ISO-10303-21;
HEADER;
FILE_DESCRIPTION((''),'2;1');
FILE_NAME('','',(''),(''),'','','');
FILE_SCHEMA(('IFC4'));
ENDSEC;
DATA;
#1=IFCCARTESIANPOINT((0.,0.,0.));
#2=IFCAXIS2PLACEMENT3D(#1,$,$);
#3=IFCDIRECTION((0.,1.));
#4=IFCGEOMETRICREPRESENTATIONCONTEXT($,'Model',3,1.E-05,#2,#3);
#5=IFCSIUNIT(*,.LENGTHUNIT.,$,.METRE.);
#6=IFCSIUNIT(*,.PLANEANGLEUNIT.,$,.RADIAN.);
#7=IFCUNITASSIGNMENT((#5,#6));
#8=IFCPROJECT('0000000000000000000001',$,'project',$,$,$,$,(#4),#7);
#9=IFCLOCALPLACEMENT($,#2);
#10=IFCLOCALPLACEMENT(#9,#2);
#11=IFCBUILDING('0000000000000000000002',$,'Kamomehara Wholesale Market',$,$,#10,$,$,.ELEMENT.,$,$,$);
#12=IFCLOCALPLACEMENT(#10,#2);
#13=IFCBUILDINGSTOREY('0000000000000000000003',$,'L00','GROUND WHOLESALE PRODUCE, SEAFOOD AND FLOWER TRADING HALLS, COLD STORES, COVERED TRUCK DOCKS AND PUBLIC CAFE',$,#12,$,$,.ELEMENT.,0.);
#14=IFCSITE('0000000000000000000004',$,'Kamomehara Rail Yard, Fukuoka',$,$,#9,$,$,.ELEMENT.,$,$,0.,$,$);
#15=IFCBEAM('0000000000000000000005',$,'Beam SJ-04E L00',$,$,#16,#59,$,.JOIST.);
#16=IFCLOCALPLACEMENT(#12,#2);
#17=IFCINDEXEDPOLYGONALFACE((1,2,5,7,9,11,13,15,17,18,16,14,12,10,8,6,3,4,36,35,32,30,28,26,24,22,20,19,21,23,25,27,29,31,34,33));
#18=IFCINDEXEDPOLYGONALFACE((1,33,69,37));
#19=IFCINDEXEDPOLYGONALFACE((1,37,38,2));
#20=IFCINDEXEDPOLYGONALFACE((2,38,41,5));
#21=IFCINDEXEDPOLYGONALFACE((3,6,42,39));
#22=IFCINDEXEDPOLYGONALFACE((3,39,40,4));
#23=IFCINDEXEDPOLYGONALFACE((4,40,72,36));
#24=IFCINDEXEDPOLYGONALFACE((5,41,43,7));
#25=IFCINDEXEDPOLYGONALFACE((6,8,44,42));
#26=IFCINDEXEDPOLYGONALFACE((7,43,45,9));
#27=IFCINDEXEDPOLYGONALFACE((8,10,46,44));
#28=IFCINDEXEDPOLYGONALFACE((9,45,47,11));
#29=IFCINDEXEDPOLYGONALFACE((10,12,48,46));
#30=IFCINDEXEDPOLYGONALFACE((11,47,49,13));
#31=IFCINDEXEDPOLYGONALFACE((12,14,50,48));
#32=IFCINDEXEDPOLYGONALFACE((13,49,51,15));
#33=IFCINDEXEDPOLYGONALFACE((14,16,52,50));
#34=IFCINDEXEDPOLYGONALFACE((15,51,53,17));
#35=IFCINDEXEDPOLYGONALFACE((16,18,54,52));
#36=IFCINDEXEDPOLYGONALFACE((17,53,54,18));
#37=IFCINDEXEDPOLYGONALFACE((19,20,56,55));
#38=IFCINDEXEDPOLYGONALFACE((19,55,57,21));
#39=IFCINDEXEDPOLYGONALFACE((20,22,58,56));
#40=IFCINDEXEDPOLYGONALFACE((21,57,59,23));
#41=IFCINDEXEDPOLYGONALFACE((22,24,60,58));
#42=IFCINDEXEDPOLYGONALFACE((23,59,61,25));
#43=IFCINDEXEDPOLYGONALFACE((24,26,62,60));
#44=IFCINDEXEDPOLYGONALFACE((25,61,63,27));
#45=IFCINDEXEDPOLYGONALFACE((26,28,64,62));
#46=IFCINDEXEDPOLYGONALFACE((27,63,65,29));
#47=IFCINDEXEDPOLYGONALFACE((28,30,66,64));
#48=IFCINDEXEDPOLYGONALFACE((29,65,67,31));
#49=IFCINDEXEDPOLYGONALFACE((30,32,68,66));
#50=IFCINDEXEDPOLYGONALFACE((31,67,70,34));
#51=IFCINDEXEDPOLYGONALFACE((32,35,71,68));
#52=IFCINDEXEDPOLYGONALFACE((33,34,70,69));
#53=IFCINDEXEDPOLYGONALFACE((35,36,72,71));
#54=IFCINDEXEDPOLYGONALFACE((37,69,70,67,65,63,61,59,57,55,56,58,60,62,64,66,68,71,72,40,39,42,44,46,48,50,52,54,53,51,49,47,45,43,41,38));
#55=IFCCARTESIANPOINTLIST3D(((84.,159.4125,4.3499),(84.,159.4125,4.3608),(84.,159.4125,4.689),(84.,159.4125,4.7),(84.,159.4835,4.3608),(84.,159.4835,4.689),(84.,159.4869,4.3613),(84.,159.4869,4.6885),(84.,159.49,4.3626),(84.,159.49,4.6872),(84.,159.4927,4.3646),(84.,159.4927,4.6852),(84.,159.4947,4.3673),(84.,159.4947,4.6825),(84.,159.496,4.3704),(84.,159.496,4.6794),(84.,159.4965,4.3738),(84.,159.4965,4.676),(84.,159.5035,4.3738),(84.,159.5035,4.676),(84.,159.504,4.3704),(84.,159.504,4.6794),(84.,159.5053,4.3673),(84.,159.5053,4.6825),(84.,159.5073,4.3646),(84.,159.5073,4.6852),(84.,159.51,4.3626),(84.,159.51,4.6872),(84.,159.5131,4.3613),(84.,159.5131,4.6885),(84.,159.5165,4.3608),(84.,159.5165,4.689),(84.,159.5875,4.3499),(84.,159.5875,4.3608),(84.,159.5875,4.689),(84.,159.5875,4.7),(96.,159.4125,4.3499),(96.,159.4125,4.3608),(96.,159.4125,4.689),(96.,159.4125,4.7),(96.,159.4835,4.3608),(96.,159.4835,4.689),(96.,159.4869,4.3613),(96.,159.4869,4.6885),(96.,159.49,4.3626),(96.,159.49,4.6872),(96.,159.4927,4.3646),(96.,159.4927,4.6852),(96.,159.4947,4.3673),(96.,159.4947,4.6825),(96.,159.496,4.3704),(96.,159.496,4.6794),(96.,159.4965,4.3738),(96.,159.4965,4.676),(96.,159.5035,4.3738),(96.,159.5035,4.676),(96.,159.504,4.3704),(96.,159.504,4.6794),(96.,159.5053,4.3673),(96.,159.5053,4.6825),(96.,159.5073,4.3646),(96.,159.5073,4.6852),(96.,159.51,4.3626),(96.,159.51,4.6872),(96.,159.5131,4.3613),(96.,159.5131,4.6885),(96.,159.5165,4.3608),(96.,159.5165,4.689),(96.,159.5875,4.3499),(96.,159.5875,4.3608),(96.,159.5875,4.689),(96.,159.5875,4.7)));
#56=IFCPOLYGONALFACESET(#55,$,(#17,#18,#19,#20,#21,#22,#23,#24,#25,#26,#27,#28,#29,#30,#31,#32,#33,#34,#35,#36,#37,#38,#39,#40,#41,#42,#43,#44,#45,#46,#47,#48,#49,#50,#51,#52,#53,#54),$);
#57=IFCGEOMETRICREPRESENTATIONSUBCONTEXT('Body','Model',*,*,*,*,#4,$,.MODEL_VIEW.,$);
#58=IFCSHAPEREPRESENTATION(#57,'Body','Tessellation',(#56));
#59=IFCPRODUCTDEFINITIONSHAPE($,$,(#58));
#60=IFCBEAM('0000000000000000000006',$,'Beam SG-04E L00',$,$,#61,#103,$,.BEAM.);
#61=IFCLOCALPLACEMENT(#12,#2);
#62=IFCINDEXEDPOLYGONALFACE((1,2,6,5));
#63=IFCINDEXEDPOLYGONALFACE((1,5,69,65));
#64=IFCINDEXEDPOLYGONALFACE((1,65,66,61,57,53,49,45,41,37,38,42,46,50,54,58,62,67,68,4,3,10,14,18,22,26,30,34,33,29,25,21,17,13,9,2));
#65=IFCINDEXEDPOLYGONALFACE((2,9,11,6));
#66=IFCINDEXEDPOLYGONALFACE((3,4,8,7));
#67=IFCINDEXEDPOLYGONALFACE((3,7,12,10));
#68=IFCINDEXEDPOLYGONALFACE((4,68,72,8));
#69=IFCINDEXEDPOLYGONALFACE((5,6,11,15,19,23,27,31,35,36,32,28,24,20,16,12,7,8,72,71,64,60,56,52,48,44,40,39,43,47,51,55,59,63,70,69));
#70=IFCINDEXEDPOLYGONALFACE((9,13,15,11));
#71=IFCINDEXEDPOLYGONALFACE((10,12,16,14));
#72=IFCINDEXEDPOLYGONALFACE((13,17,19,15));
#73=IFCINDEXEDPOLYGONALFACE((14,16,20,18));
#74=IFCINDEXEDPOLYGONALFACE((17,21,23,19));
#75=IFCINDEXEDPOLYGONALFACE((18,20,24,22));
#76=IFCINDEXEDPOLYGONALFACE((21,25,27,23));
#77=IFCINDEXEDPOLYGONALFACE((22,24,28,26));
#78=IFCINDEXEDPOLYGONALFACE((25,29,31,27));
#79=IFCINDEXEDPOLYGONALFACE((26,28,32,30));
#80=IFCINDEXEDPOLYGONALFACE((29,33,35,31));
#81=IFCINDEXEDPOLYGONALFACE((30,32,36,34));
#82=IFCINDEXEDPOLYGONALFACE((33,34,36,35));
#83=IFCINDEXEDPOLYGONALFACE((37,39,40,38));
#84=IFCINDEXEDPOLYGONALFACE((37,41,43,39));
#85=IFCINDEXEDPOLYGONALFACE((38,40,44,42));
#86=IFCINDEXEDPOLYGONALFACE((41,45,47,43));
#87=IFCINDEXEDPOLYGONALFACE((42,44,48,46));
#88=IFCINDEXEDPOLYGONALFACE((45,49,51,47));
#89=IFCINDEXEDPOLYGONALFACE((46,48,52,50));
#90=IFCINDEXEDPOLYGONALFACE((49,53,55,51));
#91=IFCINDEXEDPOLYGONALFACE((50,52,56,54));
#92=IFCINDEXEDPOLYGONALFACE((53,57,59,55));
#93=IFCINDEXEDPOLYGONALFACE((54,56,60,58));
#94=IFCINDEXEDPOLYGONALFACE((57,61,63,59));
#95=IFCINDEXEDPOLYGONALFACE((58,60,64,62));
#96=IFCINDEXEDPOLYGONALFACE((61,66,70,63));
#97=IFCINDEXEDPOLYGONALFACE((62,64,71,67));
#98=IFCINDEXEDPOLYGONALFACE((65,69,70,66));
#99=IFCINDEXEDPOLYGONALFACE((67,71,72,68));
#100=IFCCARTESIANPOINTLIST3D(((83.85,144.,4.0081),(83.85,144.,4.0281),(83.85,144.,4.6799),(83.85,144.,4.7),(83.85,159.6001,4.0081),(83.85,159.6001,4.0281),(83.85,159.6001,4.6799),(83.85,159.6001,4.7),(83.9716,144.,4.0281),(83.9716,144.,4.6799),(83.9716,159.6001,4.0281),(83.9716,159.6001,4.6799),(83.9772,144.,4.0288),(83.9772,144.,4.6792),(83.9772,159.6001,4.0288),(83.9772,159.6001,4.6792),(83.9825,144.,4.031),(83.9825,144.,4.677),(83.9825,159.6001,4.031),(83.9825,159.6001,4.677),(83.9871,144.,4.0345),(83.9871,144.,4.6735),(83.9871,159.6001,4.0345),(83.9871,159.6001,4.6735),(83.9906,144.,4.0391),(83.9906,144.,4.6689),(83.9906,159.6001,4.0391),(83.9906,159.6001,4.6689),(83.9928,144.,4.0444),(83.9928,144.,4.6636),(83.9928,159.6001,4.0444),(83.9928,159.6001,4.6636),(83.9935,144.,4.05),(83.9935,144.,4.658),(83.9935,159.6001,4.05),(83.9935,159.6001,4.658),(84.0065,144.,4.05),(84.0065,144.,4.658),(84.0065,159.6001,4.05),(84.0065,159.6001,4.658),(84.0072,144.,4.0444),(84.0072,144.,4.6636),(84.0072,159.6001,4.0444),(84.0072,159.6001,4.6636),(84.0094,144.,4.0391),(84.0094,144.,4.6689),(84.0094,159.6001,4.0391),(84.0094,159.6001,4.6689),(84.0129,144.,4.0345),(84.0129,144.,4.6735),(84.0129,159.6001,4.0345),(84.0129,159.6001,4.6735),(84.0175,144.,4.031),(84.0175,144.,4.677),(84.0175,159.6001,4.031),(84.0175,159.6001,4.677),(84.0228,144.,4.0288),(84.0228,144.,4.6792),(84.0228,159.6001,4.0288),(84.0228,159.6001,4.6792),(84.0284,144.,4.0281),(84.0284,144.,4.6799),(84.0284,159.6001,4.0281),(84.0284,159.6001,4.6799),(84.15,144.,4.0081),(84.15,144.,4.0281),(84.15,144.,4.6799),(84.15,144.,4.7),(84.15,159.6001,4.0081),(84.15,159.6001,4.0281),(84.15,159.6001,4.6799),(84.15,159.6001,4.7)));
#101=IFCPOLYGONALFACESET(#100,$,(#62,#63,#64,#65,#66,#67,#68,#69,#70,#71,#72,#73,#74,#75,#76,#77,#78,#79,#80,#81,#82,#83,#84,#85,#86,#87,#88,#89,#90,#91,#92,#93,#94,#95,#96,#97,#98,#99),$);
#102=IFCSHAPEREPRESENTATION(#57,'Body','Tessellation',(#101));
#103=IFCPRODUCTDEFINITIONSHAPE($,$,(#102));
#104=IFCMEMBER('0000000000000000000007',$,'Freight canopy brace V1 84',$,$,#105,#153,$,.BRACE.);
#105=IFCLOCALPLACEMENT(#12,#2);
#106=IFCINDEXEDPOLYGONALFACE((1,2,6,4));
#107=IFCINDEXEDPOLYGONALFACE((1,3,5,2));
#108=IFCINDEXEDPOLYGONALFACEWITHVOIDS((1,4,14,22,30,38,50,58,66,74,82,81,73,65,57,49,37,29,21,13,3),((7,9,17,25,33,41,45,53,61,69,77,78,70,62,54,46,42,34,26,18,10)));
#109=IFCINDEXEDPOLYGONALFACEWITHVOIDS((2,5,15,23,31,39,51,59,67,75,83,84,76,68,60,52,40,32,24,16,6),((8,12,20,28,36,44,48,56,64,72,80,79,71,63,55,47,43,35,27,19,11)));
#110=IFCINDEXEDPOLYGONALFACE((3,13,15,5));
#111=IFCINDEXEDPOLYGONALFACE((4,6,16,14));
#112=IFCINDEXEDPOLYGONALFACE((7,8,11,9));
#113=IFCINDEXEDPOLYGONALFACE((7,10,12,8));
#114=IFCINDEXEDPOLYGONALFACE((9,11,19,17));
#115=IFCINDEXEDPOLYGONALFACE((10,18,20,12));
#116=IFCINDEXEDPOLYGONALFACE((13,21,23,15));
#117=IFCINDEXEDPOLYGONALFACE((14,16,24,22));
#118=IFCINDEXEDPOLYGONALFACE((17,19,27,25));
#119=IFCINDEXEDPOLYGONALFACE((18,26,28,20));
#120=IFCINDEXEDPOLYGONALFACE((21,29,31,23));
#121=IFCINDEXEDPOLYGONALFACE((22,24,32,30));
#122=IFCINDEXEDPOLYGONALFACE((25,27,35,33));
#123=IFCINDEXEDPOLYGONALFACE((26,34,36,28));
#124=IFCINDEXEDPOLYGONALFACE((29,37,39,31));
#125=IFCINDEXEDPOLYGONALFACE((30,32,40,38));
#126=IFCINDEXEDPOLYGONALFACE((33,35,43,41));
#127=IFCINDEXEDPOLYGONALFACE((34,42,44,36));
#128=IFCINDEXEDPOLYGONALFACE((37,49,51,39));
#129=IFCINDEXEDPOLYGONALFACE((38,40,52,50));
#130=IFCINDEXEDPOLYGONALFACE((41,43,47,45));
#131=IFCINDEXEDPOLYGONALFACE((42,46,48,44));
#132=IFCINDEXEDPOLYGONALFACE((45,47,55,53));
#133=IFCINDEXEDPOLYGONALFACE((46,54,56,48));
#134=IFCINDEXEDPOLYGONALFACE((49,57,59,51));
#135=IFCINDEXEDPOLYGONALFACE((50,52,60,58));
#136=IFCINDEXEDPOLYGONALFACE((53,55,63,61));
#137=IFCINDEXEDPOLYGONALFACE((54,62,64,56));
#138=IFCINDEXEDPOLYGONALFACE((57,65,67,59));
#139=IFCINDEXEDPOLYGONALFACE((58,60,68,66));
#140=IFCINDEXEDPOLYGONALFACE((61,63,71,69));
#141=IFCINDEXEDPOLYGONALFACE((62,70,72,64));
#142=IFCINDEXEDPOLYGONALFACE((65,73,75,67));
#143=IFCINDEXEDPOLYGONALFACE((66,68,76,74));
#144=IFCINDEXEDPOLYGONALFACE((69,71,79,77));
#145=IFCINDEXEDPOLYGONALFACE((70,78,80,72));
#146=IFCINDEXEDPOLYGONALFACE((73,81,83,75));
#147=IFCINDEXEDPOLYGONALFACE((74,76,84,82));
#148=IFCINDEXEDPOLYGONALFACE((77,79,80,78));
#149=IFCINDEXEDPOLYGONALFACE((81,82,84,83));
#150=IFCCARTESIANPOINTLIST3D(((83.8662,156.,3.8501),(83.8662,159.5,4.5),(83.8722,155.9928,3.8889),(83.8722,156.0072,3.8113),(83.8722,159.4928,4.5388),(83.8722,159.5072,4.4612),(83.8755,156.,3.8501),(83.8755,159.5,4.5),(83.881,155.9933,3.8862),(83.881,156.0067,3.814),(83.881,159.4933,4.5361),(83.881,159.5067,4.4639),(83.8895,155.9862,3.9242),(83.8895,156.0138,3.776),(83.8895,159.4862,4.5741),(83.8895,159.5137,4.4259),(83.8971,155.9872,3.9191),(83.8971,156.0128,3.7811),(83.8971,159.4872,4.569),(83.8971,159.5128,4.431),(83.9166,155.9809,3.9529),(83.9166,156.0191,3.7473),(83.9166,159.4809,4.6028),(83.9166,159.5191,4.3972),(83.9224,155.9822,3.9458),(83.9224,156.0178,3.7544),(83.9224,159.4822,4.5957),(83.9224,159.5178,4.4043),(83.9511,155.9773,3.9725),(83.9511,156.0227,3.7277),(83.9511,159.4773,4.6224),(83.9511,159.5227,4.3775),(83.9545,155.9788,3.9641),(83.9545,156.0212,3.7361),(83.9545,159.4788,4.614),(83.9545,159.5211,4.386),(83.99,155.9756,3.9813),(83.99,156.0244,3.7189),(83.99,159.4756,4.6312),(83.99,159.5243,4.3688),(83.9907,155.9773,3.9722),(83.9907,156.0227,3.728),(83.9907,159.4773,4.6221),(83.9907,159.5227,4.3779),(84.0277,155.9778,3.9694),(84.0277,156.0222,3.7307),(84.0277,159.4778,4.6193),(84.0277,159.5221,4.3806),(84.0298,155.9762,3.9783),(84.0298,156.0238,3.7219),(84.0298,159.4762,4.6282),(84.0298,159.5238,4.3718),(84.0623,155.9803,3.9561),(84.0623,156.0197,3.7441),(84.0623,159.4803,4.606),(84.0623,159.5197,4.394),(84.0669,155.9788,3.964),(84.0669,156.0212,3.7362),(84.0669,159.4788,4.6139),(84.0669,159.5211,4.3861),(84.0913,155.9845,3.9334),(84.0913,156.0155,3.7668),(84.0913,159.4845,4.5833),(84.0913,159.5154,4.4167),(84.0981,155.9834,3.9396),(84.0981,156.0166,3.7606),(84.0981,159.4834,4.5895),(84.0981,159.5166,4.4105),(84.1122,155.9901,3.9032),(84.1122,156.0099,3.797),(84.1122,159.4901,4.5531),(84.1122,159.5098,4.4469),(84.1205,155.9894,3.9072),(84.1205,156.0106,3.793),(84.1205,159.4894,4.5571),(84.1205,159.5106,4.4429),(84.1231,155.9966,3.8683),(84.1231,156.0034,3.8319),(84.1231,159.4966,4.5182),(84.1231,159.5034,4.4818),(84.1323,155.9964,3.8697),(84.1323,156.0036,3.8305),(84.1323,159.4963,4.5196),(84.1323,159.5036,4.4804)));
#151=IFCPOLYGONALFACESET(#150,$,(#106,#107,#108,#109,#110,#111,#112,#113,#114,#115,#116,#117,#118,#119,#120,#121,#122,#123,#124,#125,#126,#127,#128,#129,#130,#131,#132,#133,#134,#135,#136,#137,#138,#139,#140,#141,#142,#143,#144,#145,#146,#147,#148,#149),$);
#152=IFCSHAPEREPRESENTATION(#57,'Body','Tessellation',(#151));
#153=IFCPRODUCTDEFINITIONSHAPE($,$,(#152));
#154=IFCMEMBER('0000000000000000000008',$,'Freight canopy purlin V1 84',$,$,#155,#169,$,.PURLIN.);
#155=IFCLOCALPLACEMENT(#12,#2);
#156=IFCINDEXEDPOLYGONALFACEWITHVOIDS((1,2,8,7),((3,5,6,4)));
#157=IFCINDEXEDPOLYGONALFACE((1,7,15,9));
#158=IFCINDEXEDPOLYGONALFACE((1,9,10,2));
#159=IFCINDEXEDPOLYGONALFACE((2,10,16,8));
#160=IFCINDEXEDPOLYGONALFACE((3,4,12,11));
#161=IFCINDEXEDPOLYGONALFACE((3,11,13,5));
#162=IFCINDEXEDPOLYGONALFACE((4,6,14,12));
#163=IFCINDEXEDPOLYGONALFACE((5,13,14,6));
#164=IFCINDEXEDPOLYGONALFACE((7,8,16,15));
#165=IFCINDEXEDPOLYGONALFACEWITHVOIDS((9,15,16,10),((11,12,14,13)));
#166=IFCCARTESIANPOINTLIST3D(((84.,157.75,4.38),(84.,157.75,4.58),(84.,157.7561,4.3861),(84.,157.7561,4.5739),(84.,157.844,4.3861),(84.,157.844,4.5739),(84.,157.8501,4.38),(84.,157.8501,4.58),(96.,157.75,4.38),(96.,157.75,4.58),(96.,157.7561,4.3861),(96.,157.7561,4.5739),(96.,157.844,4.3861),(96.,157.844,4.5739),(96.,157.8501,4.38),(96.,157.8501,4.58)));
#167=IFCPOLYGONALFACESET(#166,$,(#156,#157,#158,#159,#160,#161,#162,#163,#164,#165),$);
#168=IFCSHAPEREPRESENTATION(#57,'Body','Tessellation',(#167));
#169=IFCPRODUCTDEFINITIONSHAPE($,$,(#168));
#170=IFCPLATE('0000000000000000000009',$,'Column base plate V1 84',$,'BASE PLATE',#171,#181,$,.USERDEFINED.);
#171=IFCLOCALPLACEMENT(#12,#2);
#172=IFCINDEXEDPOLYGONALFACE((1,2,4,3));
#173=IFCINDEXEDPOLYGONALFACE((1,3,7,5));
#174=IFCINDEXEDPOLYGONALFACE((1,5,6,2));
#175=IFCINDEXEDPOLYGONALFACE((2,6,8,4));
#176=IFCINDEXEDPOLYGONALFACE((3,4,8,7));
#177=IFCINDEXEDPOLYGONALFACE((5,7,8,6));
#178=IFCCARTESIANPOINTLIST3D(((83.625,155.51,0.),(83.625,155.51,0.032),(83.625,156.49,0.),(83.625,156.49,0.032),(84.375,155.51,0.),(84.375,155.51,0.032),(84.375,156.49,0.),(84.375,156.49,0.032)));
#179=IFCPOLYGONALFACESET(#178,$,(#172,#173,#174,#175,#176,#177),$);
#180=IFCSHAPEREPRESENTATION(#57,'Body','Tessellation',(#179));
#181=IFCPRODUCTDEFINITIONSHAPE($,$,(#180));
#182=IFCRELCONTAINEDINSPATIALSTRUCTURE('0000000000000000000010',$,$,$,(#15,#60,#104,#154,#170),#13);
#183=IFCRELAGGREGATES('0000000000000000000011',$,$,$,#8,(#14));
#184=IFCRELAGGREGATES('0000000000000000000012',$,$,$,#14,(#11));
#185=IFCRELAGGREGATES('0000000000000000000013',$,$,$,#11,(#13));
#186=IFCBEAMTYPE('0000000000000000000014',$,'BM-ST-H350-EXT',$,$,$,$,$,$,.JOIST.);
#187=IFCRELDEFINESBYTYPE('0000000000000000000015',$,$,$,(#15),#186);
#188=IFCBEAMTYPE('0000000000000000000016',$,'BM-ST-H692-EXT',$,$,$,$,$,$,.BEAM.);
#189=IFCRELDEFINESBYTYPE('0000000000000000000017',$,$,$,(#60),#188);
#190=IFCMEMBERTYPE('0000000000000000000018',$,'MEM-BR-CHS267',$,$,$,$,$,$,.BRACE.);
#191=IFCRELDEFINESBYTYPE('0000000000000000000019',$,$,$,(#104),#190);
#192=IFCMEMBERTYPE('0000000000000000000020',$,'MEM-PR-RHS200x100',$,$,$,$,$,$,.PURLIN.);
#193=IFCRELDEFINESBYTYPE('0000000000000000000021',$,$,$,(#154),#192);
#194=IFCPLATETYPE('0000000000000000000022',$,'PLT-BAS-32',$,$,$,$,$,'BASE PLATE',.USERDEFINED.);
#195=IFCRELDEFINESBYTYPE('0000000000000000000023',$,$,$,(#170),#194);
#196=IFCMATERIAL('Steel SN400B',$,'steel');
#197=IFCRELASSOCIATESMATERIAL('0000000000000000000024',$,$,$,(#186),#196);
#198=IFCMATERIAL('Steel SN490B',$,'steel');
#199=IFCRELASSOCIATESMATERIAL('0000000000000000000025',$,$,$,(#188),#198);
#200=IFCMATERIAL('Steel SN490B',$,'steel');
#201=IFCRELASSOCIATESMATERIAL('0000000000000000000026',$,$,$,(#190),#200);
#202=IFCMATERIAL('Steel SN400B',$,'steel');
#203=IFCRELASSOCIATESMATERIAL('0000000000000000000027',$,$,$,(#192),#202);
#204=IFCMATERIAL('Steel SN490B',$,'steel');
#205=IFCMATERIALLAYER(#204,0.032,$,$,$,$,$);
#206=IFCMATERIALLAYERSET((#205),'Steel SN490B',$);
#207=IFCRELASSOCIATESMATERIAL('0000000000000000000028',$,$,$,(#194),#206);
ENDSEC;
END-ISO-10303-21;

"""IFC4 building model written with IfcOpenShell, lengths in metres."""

from ifc_helpers import new_model, si_unit, direction, frame, origin, origin_2d, place, context, subcontext, project, spatial, rectangle, hollow_rectangle, hollow_circle, i_section, extrude, material, layer, layer_set, material_profile, profile_set, type_object, element, save


model = new_model("IFC4")

# Units and contexts
model_context = context("Model", 3, precision=1e-05, world=origin(), true_north=direction((0.0, 1.0)))
body_context = subcontext(model_context, "Body", "Model", "MODEL_VIEW")
ifc_project = project(units=[si_unit("LENGTHUNIT", "METRE"), si_unit("PLANEANGLEUNIT", "RADIAN")], contexts=[model_context])

# Site, building, storey
site_placement = place(None, origin())
site = spatial("IfcSite", under=ifc_project, at=site_placement, Name="Kamomehara Rail Yard, Fukuoka", CompositionType="ELEMENT", RefElevation=0.0)
building_placement = place(site_placement, origin())
building = spatial("IfcBuilding", under=site, at=building_placement, Name="Kamomehara Wholesale Market", CompositionType="ELEMENT")
storey_placement = place(building_placement, origin())
storey = spatial("IfcBuildingStorey", under=building, at=storey_placement, Name="L00", Description="GROUND WHOLESALE PRODUCE, SEAFOOD AND FLOWER TRADING HALLS, COLD STORES, COVERED TRUCK DOCKS AND PUBLIC CAFE", CompositionType="ELEMENT", Elevation=0.0)

# Beams
ifc_material_1 = material(Name="Steel SN400B", Category="steel")
ifc_material_profile_1 = material_profile(ifc_material_1, i_section(OverallWidth=0.175, OverallDepth=0.3501, WebThickness=0.0071, FlangeThickness=0.011, FilletRadius=0.0129, at=origin_2d()), Name="H-350x175x7x11")
ifc_profile_set_1 = profile_set([ifc_material_profile_1], Name="Steel SN400B")
beam_type_1 = type_object("IfcBeamType", Name="BM-ST-H350-EXT", PredefinedType="JOIST", material=ifc_profile_set_1)
beam_1_placement = place(storey_placement, frame((84.0, 159.5, 4.5249), z_axis=(1.0, 0.0, 0.0), x_axis=(0.0, 1.0, 0.0)))
element("IfcBeam", 1, at=beam_1_placement, inside=storey, type_object=beam_type_1, Name="Beam SJ-04E L00", PredefinedType="JOIST", context=body_context, shape_type="SweptSolid", body=[
    extrude(i_section(OverallWidth=0.175, OverallDepth=0.3501, WebThickness=0.0071, FlangeThickness=0.011, FilletRadius=0.0129, at=origin_2d()), origin(), (0.0, 0.0, 1.0), 12.0),
])
ifc_material_2 = material(Name="Steel SN490B", Category="steel")
ifc_material_profile_2 = material_profile(ifc_material_2, i_section(OverallWidth=0.3, OverallDepth=0.6919, WebThickness=0.0129, FlangeThickness=0.02, FilletRadius=0.022, at=origin_2d()), Name="H-692x300x13x20")
ifc_profile_set_2 = profile_set([ifc_material_profile_2], Name="Steel SN490B")
beam_type_2 = type_object("IfcBeamType", Name="BM-ST-H692-EXT", PredefinedType="BEAM", material=ifc_profile_set_2)
beam_2_placement = place(storey_placement, frame((84.0, 144.0, 4.354), z_axis=(0.0, 1.0, 0.0), x_axis=(-1.0, 0.0, 0.0)))
element("IfcBeam", 2, at=beam_2_placement, inside=storey, type_object=beam_type_2, Name="Beam SG-04E L00", PredefinedType="BEAM", context=body_context, shape_type="SweptSolid", body=[
    extrude(i_section(OverallWidth=0.3, OverallDepth=0.6919, WebThickness=0.0129, FlangeThickness=0.02, FilletRadius=0.022, at=origin_2d()), origin(), (0.0, 0.0, 1.0), 15.6001),
])

# Members
ifc_material_3 = material(Name="Steel SN490B", Category="steel")
ifc_material_profile_3 = material_profile(ifc_material_3, hollow_circle(Radius=0.1338, WallThickness=0.0093, at=origin_2d()), Name="CHS-267.4x9.3")
ifc_profile_set_3 = profile_set([ifc_material_profile_3], Name="Steel SN490B")
member_type_1 = type_object("IfcMemberType", Name="MEM-BR-CHS267", PredefinedType="BRACE", material=ifc_profile_set_3)
member_1_placement = place(storey_placement, frame((84.0, 156.0, 3.8501), z_axis=(0.0, 0.983194, 0.182566), x_axis=(-1.0, 0.0, 0.0)))
element("IfcMember", 3, at=member_1_placement, inside=storey, type_object=member_type_1, Name="Freight canopy brace V1 84", PredefinedType="BRACE", context=body_context, shape_type="SweptSolid", body=[
    extrude(hollow_circle(Radius=0.1338, WallThickness=0.0093, at=origin_2d()), origin(), (0.0, 0.0, 1.0), 3.5598),
])
ifc_material_4 = material(Name="Steel SN400B", Category="steel")
ifc_material_profile_4 = material_profile(ifc_material_4, hollow_rectangle(XDim=0.1001, YDim=0.2, WallThickness=0.0061, at=origin_2d()), Name="RHS-200x100x6")
ifc_profile_set_4 = profile_set([ifc_material_profile_4], Name="Steel SN400B")
member_type_2 = type_object("IfcMemberType", Name="MEM-PR-RHS200x100", PredefinedType="PURLIN", material=ifc_profile_set_4)
member_2_placement = place(storey_placement, frame((84.0, 157.8, 4.48), z_axis=(1.0, 0.0, 0.0), x_axis=(0.0, 1.0, 0.0)))
element("IfcMember", 4, at=member_2_placement, inside=storey, type_object=member_type_2, Name="Freight canopy purlin V1 84", PredefinedType="PURLIN", context=body_context, shape_type="SweptSolid", body=[
    extrude(hollow_rectangle(XDim=0.1001, YDim=0.2, WallThickness=0.0061, at=origin_2d()), origin(), (0.0, 0.0, 1.0), 12.0),
])

# Plate
ifc_material_5 = material(Name="Steel SN490B", Category="steel")
ifc_layer_1 = layer(ifc_material_5, 0.032)
ifc_layer_set_1 = layer_set([ifc_layer_1], Name="Steel SN490B")
plate_type_1 = type_object("IfcPlateType", Name="PLT-BAS-32", ElementType="BASE PLATE", PredefinedType="USERDEFINED", material=ifc_layer_set_1)
plate_1_placement = place(storey_placement, frame((84.0, 156.0, 0.0), z_axis=(0.0, 0.0, 1.0), x_axis=(1.0, 0.0, 0.0)))
element("IfcPlate", 5, at=plate_1_placement, inside=storey, type_object=plate_type_1, Name="Column base plate V1 84", ObjectType="BASE PLATE", PredefinedType="USERDEFINED", context=body_context, shape_type="SweptSolid", body=[
    extrude(rectangle(XDim=0.75, YDim=0.98, at=origin_2d()), origin(), (0.0, 0.0, 1.0), 0.032),
])

save(model, "model.ifc")
